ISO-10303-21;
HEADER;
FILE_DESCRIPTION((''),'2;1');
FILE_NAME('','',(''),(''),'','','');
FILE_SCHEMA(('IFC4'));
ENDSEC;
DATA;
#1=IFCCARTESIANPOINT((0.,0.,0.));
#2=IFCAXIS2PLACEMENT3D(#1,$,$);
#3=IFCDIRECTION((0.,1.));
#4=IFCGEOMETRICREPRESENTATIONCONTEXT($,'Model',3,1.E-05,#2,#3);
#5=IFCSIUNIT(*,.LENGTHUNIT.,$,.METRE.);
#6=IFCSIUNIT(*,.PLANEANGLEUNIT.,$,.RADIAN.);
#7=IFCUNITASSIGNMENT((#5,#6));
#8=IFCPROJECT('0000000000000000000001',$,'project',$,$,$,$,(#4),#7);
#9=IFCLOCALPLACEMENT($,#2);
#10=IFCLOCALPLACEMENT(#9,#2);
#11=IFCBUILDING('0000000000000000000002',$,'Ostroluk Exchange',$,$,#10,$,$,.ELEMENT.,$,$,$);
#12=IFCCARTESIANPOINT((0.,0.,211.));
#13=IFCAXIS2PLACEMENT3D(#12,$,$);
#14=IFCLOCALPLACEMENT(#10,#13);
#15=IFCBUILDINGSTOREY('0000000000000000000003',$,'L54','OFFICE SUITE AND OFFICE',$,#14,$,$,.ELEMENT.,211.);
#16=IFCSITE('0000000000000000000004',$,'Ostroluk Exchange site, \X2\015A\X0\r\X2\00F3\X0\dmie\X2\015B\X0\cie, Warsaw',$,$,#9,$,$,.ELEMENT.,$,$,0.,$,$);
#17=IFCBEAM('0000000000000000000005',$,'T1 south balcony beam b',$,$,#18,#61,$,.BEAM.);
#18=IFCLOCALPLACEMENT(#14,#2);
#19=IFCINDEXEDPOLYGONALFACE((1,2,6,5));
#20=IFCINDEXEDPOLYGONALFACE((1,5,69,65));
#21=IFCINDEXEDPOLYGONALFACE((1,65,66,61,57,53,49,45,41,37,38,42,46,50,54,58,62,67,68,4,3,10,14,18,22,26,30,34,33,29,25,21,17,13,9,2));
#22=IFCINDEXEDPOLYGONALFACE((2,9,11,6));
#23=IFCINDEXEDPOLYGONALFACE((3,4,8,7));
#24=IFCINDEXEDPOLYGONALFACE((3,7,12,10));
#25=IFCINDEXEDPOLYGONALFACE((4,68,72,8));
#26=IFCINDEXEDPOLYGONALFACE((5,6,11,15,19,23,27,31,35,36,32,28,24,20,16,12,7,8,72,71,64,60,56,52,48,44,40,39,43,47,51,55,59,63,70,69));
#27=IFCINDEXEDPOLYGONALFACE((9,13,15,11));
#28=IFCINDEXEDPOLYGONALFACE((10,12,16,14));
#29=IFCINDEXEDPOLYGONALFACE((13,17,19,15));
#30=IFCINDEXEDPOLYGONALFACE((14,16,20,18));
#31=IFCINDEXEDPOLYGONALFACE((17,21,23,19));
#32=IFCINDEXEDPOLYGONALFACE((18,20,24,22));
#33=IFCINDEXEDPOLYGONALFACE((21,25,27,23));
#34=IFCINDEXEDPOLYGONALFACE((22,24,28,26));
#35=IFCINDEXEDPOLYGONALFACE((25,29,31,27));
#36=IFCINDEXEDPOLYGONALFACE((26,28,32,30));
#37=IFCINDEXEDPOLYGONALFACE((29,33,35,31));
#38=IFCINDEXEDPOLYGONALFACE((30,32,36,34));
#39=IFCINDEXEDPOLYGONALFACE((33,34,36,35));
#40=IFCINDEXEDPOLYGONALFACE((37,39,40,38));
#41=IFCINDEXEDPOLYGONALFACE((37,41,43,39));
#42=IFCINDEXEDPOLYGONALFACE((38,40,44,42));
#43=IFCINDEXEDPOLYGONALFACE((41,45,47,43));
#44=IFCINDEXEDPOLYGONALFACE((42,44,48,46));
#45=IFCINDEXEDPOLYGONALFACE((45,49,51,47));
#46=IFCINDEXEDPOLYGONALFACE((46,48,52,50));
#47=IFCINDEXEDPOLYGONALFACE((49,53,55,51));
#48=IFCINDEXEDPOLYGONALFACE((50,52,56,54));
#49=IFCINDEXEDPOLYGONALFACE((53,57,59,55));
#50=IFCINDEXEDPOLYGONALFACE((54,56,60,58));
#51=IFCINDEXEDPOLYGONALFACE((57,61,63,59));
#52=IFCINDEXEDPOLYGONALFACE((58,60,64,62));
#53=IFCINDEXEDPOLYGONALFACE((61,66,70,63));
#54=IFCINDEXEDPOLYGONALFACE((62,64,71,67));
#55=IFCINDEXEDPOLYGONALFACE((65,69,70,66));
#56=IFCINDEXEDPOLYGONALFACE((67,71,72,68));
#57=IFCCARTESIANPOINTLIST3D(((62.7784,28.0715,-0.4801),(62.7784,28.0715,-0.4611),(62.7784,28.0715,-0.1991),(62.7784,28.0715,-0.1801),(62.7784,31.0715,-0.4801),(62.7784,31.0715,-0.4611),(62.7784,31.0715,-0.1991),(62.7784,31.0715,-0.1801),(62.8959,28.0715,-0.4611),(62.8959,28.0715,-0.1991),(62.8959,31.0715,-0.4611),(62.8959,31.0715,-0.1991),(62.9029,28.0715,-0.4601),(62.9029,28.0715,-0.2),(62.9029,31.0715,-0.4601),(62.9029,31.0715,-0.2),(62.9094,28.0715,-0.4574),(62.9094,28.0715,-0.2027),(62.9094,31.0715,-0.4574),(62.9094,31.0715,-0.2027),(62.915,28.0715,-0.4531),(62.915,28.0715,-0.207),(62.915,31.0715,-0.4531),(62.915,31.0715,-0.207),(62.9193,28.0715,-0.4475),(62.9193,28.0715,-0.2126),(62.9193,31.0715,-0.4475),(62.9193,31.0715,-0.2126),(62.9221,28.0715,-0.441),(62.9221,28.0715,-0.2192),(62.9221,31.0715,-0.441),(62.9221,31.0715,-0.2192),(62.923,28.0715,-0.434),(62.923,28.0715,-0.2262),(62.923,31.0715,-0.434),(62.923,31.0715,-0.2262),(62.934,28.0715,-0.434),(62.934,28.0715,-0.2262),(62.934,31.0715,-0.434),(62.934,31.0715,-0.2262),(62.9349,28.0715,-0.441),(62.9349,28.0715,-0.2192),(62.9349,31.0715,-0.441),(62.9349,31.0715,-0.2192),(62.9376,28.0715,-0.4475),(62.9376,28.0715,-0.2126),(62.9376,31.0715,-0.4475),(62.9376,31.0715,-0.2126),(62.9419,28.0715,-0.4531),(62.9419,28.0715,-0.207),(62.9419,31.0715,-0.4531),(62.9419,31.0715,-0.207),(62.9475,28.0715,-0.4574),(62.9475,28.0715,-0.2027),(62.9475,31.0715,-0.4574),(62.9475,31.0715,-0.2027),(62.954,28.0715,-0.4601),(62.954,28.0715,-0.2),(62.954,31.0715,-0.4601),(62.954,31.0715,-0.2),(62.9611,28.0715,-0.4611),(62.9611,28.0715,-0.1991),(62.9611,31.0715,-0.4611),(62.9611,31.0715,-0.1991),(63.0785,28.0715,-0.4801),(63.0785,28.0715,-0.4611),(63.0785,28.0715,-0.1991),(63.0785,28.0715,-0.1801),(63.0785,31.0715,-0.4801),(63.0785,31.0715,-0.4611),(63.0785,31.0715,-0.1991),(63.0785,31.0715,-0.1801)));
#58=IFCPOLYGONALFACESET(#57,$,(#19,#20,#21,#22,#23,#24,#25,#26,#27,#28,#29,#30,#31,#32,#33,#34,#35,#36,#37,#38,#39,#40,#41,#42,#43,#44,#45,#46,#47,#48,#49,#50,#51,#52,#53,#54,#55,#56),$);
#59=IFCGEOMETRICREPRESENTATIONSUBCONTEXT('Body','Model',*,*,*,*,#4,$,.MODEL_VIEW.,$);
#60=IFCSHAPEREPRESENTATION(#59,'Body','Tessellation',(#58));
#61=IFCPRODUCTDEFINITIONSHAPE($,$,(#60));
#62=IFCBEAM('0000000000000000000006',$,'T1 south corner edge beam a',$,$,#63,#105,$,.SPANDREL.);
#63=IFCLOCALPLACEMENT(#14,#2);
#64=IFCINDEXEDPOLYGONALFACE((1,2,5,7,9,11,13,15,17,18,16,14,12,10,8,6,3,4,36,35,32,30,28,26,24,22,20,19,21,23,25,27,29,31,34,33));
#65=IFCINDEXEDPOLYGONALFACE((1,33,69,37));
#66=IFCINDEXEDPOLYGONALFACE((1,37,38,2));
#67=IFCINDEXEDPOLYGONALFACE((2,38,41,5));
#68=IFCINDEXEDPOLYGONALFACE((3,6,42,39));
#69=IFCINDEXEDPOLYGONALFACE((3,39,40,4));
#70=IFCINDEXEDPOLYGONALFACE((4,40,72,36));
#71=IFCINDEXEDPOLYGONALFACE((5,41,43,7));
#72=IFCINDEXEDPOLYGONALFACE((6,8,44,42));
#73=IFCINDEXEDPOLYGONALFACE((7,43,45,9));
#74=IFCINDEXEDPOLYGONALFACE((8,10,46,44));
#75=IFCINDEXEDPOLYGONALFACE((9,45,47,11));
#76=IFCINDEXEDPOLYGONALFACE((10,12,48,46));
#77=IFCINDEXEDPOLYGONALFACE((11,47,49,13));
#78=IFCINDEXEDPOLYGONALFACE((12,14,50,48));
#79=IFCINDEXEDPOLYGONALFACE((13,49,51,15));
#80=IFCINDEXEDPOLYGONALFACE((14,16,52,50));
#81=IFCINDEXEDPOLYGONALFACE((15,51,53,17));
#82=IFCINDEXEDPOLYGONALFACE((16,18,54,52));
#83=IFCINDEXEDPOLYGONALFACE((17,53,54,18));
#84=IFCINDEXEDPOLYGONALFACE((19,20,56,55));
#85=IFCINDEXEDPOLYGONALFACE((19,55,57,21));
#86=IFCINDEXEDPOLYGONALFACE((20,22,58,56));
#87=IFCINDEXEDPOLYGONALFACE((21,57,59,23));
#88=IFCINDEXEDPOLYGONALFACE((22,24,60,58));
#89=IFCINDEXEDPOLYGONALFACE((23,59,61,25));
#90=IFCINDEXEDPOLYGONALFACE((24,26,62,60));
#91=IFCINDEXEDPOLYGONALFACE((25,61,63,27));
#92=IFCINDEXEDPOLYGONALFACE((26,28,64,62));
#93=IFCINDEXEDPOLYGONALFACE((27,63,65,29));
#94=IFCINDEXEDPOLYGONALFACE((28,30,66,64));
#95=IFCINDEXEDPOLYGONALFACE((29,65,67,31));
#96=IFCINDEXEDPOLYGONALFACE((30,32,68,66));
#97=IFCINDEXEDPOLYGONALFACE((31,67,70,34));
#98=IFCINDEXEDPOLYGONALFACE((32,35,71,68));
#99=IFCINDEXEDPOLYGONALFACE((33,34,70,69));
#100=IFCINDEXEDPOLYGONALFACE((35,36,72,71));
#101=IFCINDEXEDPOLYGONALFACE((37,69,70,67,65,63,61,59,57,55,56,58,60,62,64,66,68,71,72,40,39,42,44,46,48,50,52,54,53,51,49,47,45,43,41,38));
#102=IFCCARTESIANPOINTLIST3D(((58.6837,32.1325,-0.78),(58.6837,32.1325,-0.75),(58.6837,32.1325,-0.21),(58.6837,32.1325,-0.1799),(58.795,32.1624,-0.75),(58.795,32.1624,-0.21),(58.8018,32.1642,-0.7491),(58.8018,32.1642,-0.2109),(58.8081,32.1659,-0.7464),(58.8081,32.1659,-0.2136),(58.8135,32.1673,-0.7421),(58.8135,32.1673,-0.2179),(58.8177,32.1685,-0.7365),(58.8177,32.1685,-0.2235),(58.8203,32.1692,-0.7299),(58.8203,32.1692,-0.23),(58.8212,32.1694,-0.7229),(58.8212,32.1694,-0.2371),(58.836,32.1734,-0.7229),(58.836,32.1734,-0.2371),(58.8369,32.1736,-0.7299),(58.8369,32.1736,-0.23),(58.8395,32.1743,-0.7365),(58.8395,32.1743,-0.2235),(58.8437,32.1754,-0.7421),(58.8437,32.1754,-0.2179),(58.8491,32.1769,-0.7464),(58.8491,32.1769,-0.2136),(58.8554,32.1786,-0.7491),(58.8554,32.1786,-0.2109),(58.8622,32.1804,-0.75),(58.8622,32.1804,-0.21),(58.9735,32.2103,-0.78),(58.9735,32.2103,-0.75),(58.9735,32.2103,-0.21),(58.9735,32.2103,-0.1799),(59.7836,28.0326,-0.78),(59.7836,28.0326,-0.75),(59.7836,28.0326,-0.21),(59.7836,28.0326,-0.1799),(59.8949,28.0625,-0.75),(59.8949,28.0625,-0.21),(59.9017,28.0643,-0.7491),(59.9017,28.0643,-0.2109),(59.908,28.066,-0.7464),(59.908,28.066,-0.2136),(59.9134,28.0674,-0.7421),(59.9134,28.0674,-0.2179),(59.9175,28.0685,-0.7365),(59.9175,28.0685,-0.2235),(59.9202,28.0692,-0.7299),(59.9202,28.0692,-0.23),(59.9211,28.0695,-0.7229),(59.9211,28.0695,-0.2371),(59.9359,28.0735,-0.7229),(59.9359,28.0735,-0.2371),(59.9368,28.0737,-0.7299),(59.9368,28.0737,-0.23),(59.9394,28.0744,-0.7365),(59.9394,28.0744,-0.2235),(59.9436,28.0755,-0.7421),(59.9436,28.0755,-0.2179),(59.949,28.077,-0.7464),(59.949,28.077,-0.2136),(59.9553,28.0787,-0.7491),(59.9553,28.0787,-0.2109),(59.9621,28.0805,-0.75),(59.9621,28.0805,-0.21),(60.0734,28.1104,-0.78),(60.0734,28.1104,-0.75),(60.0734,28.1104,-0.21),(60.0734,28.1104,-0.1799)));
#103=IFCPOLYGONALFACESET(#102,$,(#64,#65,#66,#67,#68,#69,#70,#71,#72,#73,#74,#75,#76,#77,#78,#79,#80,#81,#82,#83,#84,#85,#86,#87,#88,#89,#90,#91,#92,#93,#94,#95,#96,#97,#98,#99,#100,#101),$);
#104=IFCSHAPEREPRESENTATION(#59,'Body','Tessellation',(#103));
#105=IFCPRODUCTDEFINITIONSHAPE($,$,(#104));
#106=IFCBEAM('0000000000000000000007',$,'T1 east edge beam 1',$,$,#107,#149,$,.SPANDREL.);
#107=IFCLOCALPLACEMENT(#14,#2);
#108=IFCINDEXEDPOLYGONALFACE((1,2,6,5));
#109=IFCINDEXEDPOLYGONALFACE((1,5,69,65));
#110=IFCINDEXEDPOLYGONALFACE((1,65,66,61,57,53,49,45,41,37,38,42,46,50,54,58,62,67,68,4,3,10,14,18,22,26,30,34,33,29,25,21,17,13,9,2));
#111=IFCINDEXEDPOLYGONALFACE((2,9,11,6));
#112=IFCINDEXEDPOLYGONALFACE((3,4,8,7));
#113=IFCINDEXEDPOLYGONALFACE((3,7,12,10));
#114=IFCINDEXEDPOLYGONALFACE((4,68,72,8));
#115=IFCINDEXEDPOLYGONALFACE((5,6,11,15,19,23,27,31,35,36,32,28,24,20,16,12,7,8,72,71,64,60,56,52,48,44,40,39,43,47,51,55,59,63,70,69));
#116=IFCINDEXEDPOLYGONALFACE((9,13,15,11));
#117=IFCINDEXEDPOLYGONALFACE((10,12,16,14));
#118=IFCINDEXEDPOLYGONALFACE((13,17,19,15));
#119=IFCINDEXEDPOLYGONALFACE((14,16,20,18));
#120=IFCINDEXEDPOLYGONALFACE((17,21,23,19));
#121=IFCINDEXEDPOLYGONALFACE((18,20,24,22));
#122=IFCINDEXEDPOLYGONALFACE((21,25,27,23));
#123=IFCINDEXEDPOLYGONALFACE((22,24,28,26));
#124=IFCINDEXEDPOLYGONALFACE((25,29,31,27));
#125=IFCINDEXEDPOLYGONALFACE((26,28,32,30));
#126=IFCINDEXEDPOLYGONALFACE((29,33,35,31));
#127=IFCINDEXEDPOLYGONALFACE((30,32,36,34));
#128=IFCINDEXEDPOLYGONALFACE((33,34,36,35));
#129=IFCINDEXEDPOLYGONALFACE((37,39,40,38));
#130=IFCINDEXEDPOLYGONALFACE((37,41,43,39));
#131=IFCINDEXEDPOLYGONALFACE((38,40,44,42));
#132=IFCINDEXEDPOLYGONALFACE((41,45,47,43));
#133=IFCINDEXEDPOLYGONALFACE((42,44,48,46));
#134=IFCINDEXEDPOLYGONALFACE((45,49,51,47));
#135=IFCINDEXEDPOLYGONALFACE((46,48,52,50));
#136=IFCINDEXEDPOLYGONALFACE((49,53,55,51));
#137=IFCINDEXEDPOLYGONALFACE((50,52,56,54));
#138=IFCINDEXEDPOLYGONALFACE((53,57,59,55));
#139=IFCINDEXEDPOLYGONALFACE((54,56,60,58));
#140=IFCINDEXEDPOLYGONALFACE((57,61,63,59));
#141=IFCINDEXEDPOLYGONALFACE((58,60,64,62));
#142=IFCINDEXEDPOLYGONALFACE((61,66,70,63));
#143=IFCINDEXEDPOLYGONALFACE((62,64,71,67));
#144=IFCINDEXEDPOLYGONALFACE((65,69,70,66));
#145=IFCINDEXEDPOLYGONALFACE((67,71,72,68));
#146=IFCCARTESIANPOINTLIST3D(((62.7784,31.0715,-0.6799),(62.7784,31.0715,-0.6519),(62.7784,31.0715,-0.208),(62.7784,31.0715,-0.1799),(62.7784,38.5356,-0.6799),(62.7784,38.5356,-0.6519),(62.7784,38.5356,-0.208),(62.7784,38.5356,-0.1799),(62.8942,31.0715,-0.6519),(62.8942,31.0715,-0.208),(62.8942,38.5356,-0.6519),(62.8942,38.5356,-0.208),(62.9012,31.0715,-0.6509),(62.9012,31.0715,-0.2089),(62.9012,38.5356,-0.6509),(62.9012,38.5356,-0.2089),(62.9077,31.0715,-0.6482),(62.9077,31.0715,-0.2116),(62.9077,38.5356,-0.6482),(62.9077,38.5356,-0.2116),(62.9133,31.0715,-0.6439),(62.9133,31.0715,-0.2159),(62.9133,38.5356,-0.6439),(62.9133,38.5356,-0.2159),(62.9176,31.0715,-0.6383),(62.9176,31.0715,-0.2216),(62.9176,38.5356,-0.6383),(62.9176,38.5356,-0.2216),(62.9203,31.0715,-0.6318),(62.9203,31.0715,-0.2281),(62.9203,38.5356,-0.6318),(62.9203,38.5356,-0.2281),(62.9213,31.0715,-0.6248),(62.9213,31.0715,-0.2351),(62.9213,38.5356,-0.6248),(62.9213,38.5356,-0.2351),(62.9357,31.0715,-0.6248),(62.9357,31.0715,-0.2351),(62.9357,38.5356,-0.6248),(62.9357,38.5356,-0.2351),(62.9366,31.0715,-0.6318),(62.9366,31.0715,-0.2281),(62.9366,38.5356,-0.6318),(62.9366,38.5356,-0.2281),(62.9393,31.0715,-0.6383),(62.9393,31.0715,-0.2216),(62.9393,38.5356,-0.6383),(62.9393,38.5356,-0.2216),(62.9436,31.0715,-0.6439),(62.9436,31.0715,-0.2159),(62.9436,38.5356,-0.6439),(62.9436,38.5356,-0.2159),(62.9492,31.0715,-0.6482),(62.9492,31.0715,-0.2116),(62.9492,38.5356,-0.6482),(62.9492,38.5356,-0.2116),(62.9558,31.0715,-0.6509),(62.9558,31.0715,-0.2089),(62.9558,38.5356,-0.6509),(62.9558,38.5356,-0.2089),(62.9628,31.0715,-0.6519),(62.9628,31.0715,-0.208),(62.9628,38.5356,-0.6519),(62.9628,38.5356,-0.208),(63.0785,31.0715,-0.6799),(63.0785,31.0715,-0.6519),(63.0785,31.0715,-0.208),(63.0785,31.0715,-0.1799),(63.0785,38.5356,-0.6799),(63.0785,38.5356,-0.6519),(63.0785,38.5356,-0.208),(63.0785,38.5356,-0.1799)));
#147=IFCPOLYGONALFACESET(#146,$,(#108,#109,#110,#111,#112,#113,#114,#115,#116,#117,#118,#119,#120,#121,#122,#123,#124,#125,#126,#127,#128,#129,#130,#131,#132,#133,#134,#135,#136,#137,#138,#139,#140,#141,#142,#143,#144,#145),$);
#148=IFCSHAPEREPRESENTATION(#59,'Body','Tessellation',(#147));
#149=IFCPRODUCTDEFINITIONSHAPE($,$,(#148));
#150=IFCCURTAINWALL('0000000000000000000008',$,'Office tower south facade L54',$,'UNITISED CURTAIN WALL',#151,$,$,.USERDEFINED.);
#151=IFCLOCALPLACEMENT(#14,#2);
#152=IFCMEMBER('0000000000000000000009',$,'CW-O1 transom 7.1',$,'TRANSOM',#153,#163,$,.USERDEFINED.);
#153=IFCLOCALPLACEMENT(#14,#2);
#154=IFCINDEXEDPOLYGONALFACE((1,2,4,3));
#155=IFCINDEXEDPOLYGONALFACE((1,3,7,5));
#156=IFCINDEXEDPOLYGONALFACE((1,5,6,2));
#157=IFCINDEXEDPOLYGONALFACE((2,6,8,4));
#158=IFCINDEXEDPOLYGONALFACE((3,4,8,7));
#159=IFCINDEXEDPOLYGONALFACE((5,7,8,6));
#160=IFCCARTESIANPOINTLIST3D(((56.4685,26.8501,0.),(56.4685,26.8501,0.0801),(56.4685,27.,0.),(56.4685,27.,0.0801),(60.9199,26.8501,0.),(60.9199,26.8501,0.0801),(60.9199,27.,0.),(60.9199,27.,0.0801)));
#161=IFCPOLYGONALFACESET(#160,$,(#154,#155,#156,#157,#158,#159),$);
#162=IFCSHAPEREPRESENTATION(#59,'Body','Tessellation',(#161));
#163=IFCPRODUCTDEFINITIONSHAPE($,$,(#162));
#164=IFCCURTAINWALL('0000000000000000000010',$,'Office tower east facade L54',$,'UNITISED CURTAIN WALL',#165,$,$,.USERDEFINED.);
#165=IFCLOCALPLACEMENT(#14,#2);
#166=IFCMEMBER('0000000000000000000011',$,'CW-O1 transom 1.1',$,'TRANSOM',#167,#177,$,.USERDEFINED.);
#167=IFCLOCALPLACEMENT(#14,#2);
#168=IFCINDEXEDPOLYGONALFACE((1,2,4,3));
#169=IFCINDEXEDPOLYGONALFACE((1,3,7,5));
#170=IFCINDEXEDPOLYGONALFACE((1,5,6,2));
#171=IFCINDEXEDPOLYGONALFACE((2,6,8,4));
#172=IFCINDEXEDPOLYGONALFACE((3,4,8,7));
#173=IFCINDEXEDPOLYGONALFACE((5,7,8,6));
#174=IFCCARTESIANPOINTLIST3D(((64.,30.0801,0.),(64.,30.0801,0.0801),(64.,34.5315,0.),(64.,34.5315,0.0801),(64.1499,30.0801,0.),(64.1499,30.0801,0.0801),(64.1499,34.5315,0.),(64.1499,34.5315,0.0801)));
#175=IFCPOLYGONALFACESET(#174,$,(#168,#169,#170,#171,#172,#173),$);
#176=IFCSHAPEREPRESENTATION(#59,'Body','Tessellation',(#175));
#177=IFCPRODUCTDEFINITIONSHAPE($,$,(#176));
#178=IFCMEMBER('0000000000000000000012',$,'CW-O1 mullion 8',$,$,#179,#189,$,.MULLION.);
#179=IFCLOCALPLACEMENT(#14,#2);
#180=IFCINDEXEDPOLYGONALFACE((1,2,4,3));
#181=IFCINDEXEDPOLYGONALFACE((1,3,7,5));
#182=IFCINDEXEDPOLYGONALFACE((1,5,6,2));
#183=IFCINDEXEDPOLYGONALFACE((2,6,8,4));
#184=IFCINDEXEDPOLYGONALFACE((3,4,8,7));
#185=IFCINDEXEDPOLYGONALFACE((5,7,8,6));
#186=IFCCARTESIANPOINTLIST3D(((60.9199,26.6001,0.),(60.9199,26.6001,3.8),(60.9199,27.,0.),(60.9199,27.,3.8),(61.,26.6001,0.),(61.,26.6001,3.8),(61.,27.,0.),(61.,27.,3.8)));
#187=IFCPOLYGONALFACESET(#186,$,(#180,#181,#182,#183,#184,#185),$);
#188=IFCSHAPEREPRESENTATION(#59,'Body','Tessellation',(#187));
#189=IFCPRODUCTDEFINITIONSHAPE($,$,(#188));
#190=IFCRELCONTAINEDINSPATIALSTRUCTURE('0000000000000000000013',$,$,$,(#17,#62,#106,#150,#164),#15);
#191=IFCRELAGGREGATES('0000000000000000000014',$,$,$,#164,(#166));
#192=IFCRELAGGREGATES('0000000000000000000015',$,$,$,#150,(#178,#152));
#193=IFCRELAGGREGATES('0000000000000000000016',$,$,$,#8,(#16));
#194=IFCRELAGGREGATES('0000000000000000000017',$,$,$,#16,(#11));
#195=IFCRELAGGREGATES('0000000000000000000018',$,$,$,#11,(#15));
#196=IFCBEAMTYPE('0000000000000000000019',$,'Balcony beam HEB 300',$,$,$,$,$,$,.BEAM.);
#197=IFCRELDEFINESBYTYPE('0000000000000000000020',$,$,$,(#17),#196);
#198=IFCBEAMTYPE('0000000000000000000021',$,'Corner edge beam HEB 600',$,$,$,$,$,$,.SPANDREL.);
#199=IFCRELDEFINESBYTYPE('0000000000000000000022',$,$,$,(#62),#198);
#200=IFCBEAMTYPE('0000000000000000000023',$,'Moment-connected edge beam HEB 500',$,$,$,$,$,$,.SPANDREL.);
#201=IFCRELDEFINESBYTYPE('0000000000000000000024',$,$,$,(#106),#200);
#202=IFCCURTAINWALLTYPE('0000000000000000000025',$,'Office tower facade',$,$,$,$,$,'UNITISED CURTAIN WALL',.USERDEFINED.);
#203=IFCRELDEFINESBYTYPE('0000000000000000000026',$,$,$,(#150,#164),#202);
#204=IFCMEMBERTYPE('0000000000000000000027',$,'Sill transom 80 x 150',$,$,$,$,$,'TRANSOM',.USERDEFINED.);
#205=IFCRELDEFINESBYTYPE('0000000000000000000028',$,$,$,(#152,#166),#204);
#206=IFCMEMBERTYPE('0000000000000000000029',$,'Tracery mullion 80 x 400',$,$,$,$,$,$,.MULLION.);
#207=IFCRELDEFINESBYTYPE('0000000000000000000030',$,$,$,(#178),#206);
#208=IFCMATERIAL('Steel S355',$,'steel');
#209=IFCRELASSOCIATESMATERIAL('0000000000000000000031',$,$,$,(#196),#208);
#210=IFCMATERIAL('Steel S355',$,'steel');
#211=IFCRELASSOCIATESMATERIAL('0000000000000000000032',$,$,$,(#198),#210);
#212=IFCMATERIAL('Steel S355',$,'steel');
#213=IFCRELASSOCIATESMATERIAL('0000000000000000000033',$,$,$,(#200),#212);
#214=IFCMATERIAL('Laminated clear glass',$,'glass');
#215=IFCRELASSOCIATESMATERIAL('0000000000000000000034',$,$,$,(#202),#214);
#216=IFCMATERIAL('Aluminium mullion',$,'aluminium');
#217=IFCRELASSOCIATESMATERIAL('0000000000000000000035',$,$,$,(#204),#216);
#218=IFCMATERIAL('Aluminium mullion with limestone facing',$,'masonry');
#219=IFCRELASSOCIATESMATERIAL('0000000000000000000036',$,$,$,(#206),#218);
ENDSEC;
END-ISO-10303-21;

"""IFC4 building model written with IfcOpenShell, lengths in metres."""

from ifc_helpers import new_model, si_unit, direction, frame, origin, origin_2d, place, context, subcontext, project, spatial, rectangle, i_section, extrude, material, material_profile, profile_set, type_object, element, aggregate, save


model = new_model("IFC4")

# Units and contexts
model_context = context("Model", 3, precision=1e-05, world=origin(), true_north=direction((0.0, 1.0)))
body_context = subcontext(model_context, "Body", "Model", "MODEL_VIEW")
ifc_project = project(units=[si_unit("LENGTHUNIT", "METRE"), si_unit("PLANEANGLEUNIT", "RADIAN")], contexts=[model_context])

# Site, building, storey
site_placement = place(None, origin())
site = spatial("IfcSite", under=ifc_project, at=site_placement, Name="Ostroluk Exchange site, Śródmieście, Warsaw", CompositionType="ELEMENT", RefElevation=0.0)
building_placement = place(site_placement, origin())
building = spatial("IfcBuilding", under=site, at=building_placement, Name="Ostroluk Exchange", CompositionType="ELEMENT")
storey_placement = place(building_placement, frame((0.0, 0.0, 211.0)))
storey = spatial("IfcBuildingStorey", under=building, at=storey_placement, Name="L54", Description="OFFICE SUITE AND OFFICE", CompositionType="ELEMENT", Elevation=211.0)

# Beams
ifc_material_1 = material(Name="Steel S355", Category="steel")
ifc_material_profile_1 = material_profile(ifc_material_1, i_section(OverallWidth=0.3, OverallDepth=0.3, WebThickness=0.011, FlangeThickness=0.019, FilletRadius=0.0271, at=origin_2d()), Name="HEB 300")
ifc_profile_set_1 = profile_set([ifc_material_profile_1], Name="Steel S355")
beam_type_1 = type_object("IfcBeamType", Name="Balcony beam HEB 300", PredefinedType="BEAM", material=ifc_profile_set_1)
for number, where, z_axis, x_axis, name in (
    (1, (62.9285, 31.0715, -0.3301), (0.0, -1.0, 0.0), (1.0, 0.0, 0.0), "T1 south balcony beam b"),
):
    element("IfcBeam", number, at=place(storey_placement, frame(where, z_axis=z_axis, x_axis=x_axis)), inside=storey, type_object=beam_type_1, Name=name, PredefinedType="BEAM", context=body_context, shape_type="SweptSolid", body=[
        extrude(i_section(OverallWidth=0.3, OverallDepth=0.3, WebThickness=0.011, FlangeThickness=0.019, FilletRadius=0.0271, at=origin_2d()), origin(), (0.0, 0.0, 1.0), 3.0),
    ])
ifc_material_2 = material(Name="Steel S355", Category="steel")
ifc_material_profile_2 = material_profile(ifc_material_2, i_section(OverallWidth=0.3, OverallDepth=0.6001, WebThickness=0.0154, FlangeThickness=0.03, FilletRadius=0.0271, at=origin_2d()), Name="HEB 600")
ifc_profile_set_2 = profile_set([ifc_material_profile_2], Name="Steel S355")
beam_type_2 = type_object("IfcBeamType", Name="Corner edge beam HEB 600", PredefinedType="SPANDREL", material=ifc_profile_set_2)
beam_1_placement = place(storey_placement, frame((58.8286, 32.1714, -0.48), z_axis=(0.259105, -0.965849, 0.0), x_axis=(0.965849, 0.259105, 0.0)))
element("IfcBeam", 2, at=beam_1_placement, inside=storey, type_object=beam_type_2, Name="T1 south corner edge beam a", PredefinedType="SPANDREL", context=body_context, shape_type="SweptSolid", body=[
    extrude(i_section(OverallWidth=0.3, OverallDepth=0.6001, WebThickness=0.0154, FlangeThickness=0.03, FilletRadius=0.0271, at=origin_2d()), origin(), (0.0, 0.0, 1.0), 4.2449),
])
ifc_material_3 = material(Name="Steel S355", Category="steel")
ifc_material_profile_3 = material_profile(ifc_material_3, i_section(OverallWidth=0.3, OverallDepth=0.5, WebThickness=0.0144, FlangeThickness=0.0281, FilletRadius=0.0271, at=origin_2d()), Name="HEB 500")
ifc_profile_set_3 = profile_set([ifc_material_profile_3], Name="Steel S355")
beam_type_3 = type_object("IfcBeamType", Name="Moment-connected edge beam HEB 500", PredefinedType="SPANDREL", material=ifc_profile_set_3)
beam_2_placement = place(storey_placement, frame((62.9285, 31.0715, -0.4299), z_axis=(0.0, 1.0, 0.0), x_axis=(-1.0, 0.0, 0.0)))
element("IfcBeam", 3, at=beam_2_placement, inside=storey, type_object=beam_type_3, Name="T1 east edge beam 1", PredefinedType="SPANDREL", context=body_context, shape_type="SweptSolid", body=[
    extrude(i_section(OverallWidth=0.3, OverallDepth=0.5, WebThickness=0.0144, FlangeThickness=0.0281, FilletRadius=0.0271, at=origin_2d()), origin(), (0.0, 0.0, 1.0), 7.4641),
])

# Curtain walls, members
ifc_material_4 = material(Name="Laminated clear glass", Category="glass")
curtain_wall_type = type_object("IfcCurtainWallType", Name="Office tower facade", ElementType="UNITISED CURTAIN WALL", PredefinedType="USERDEFINED", material=ifc_material_4)
curtain_wall_1_placement = place(storey_placement, origin())
curtain_wall_1 = element("IfcCurtainWall", 4, at=curtain_wall_1_placement, inside=storey, type_object=curtain_wall_type, Name="Office tower south facade L54", ObjectType="UNITISED CURTAIN WALL", PredefinedType="USERDEFINED")
ifc_material_5 = material(Name="Aluminium mullion", Category="aluminium")
ifc_material_profile_4 = material_profile(ifc_material_5, rectangle(XDim=0.1499, YDim=0.0801, at=origin_2d()), Name="Sill transom 80 x 150")
ifc_profile_set_4 = profile_set([ifc_material_profile_4], Name="Aluminium mullion")
member_type_1 = type_object("IfcMemberType", Name="Sill transom 80 x 150", ElementType="TRANSOM", PredefinedType="USERDEFINED", material=ifc_profile_set_4)
member_1_placement = place(storey_placement, frame((56.4685, 26.925, 0.04), z_axis=(1.0, 0.0, 0.0), x_axis=(0.0, 1.0, 0.0)))
member_1 = element("IfcMember", 5, at=member_1_placement, type_object=member_type_1, Name="CW-O1 transom 7.1", ObjectType="TRANSOM", PredefinedType="USERDEFINED", context=body_context, shape_type="SweptSolid", body=[
    extrude(rectangle(XDim=0.1499, YDim=0.0801, at=origin_2d()), origin(), (0.0, 0.0, 1.0), 4.4514),
])
curtain_wall_2_placement = place(storey_placement, origin())
curtain_wall_2 = element("IfcCurtainWall", 6, at=curtain_wall_2_placement, inside=storey, type_object=curtain_wall_type, Name="Office tower east facade L54", ObjectType="UNITISED CURTAIN WALL", PredefinedType="USERDEFINED")
member_2_placement = place(storey_placement, frame((64.075, 30.0801, 0.04), z_axis=(0.0, 1.0, 0.0), x_axis=(-1.0, 0.0, 0.0)))
member_2 = element("IfcMember", 7, at=member_2_placement, type_object=member_type_1, Name="CW-O1 transom 1.1", ObjectType="TRANSOM", PredefinedType="USERDEFINED", context=body_context, shape_type="SweptSolid", body=[
    extrude(rectangle(XDim=0.1499, YDim=0.0801, at=origin_2d()), origin(), (0.0, 0.0, 1.0), 4.4514),
])

# Member
ifc_material_6 = material(Name="Aluminium mullion with limestone facing", Category="masonry")
ifc_material_profile_5 = material_profile(ifc_material_6, rectangle(XDim=0.3999, YDim=0.0801, at=origin_2d()), Name="Tracery mullion 80 x 400")
ifc_profile_set_5 = profile_set([ifc_material_profile_5], Name="Aluminium mullion with limestone facing")
member_type_2 = type_object("IfcMemberType", Name="Tracery mullion 80 x 400", PredefinedType="MULLION", material=ifc_profile_set_5)
member_3_placement = place(storey_placement, frame((60.96, 26.8, 0.0), z_axis=(0.0, 0.0, 1.0), x_axis=(0.0, 1.0, 0.0)))
member_3 = element("IfcMember", 8, at=member_3_placement, type_object=member_type_2, Name="CW-O1 mullion 8", PredefinedType="MULLION", context=body_context, shape_type="SweptSolid", body=[
    extrude(rectangle(XDim=0.3999, YDim=0.0801, at=origin_2d()), origin(), (0.0, 0.0, 1.0), 3.8),
])
aggregate(curtain_wall_2, [member_2])

aggregate(curtain_wall_1, [member_3, member_1])

save(model, "model.ifc")
